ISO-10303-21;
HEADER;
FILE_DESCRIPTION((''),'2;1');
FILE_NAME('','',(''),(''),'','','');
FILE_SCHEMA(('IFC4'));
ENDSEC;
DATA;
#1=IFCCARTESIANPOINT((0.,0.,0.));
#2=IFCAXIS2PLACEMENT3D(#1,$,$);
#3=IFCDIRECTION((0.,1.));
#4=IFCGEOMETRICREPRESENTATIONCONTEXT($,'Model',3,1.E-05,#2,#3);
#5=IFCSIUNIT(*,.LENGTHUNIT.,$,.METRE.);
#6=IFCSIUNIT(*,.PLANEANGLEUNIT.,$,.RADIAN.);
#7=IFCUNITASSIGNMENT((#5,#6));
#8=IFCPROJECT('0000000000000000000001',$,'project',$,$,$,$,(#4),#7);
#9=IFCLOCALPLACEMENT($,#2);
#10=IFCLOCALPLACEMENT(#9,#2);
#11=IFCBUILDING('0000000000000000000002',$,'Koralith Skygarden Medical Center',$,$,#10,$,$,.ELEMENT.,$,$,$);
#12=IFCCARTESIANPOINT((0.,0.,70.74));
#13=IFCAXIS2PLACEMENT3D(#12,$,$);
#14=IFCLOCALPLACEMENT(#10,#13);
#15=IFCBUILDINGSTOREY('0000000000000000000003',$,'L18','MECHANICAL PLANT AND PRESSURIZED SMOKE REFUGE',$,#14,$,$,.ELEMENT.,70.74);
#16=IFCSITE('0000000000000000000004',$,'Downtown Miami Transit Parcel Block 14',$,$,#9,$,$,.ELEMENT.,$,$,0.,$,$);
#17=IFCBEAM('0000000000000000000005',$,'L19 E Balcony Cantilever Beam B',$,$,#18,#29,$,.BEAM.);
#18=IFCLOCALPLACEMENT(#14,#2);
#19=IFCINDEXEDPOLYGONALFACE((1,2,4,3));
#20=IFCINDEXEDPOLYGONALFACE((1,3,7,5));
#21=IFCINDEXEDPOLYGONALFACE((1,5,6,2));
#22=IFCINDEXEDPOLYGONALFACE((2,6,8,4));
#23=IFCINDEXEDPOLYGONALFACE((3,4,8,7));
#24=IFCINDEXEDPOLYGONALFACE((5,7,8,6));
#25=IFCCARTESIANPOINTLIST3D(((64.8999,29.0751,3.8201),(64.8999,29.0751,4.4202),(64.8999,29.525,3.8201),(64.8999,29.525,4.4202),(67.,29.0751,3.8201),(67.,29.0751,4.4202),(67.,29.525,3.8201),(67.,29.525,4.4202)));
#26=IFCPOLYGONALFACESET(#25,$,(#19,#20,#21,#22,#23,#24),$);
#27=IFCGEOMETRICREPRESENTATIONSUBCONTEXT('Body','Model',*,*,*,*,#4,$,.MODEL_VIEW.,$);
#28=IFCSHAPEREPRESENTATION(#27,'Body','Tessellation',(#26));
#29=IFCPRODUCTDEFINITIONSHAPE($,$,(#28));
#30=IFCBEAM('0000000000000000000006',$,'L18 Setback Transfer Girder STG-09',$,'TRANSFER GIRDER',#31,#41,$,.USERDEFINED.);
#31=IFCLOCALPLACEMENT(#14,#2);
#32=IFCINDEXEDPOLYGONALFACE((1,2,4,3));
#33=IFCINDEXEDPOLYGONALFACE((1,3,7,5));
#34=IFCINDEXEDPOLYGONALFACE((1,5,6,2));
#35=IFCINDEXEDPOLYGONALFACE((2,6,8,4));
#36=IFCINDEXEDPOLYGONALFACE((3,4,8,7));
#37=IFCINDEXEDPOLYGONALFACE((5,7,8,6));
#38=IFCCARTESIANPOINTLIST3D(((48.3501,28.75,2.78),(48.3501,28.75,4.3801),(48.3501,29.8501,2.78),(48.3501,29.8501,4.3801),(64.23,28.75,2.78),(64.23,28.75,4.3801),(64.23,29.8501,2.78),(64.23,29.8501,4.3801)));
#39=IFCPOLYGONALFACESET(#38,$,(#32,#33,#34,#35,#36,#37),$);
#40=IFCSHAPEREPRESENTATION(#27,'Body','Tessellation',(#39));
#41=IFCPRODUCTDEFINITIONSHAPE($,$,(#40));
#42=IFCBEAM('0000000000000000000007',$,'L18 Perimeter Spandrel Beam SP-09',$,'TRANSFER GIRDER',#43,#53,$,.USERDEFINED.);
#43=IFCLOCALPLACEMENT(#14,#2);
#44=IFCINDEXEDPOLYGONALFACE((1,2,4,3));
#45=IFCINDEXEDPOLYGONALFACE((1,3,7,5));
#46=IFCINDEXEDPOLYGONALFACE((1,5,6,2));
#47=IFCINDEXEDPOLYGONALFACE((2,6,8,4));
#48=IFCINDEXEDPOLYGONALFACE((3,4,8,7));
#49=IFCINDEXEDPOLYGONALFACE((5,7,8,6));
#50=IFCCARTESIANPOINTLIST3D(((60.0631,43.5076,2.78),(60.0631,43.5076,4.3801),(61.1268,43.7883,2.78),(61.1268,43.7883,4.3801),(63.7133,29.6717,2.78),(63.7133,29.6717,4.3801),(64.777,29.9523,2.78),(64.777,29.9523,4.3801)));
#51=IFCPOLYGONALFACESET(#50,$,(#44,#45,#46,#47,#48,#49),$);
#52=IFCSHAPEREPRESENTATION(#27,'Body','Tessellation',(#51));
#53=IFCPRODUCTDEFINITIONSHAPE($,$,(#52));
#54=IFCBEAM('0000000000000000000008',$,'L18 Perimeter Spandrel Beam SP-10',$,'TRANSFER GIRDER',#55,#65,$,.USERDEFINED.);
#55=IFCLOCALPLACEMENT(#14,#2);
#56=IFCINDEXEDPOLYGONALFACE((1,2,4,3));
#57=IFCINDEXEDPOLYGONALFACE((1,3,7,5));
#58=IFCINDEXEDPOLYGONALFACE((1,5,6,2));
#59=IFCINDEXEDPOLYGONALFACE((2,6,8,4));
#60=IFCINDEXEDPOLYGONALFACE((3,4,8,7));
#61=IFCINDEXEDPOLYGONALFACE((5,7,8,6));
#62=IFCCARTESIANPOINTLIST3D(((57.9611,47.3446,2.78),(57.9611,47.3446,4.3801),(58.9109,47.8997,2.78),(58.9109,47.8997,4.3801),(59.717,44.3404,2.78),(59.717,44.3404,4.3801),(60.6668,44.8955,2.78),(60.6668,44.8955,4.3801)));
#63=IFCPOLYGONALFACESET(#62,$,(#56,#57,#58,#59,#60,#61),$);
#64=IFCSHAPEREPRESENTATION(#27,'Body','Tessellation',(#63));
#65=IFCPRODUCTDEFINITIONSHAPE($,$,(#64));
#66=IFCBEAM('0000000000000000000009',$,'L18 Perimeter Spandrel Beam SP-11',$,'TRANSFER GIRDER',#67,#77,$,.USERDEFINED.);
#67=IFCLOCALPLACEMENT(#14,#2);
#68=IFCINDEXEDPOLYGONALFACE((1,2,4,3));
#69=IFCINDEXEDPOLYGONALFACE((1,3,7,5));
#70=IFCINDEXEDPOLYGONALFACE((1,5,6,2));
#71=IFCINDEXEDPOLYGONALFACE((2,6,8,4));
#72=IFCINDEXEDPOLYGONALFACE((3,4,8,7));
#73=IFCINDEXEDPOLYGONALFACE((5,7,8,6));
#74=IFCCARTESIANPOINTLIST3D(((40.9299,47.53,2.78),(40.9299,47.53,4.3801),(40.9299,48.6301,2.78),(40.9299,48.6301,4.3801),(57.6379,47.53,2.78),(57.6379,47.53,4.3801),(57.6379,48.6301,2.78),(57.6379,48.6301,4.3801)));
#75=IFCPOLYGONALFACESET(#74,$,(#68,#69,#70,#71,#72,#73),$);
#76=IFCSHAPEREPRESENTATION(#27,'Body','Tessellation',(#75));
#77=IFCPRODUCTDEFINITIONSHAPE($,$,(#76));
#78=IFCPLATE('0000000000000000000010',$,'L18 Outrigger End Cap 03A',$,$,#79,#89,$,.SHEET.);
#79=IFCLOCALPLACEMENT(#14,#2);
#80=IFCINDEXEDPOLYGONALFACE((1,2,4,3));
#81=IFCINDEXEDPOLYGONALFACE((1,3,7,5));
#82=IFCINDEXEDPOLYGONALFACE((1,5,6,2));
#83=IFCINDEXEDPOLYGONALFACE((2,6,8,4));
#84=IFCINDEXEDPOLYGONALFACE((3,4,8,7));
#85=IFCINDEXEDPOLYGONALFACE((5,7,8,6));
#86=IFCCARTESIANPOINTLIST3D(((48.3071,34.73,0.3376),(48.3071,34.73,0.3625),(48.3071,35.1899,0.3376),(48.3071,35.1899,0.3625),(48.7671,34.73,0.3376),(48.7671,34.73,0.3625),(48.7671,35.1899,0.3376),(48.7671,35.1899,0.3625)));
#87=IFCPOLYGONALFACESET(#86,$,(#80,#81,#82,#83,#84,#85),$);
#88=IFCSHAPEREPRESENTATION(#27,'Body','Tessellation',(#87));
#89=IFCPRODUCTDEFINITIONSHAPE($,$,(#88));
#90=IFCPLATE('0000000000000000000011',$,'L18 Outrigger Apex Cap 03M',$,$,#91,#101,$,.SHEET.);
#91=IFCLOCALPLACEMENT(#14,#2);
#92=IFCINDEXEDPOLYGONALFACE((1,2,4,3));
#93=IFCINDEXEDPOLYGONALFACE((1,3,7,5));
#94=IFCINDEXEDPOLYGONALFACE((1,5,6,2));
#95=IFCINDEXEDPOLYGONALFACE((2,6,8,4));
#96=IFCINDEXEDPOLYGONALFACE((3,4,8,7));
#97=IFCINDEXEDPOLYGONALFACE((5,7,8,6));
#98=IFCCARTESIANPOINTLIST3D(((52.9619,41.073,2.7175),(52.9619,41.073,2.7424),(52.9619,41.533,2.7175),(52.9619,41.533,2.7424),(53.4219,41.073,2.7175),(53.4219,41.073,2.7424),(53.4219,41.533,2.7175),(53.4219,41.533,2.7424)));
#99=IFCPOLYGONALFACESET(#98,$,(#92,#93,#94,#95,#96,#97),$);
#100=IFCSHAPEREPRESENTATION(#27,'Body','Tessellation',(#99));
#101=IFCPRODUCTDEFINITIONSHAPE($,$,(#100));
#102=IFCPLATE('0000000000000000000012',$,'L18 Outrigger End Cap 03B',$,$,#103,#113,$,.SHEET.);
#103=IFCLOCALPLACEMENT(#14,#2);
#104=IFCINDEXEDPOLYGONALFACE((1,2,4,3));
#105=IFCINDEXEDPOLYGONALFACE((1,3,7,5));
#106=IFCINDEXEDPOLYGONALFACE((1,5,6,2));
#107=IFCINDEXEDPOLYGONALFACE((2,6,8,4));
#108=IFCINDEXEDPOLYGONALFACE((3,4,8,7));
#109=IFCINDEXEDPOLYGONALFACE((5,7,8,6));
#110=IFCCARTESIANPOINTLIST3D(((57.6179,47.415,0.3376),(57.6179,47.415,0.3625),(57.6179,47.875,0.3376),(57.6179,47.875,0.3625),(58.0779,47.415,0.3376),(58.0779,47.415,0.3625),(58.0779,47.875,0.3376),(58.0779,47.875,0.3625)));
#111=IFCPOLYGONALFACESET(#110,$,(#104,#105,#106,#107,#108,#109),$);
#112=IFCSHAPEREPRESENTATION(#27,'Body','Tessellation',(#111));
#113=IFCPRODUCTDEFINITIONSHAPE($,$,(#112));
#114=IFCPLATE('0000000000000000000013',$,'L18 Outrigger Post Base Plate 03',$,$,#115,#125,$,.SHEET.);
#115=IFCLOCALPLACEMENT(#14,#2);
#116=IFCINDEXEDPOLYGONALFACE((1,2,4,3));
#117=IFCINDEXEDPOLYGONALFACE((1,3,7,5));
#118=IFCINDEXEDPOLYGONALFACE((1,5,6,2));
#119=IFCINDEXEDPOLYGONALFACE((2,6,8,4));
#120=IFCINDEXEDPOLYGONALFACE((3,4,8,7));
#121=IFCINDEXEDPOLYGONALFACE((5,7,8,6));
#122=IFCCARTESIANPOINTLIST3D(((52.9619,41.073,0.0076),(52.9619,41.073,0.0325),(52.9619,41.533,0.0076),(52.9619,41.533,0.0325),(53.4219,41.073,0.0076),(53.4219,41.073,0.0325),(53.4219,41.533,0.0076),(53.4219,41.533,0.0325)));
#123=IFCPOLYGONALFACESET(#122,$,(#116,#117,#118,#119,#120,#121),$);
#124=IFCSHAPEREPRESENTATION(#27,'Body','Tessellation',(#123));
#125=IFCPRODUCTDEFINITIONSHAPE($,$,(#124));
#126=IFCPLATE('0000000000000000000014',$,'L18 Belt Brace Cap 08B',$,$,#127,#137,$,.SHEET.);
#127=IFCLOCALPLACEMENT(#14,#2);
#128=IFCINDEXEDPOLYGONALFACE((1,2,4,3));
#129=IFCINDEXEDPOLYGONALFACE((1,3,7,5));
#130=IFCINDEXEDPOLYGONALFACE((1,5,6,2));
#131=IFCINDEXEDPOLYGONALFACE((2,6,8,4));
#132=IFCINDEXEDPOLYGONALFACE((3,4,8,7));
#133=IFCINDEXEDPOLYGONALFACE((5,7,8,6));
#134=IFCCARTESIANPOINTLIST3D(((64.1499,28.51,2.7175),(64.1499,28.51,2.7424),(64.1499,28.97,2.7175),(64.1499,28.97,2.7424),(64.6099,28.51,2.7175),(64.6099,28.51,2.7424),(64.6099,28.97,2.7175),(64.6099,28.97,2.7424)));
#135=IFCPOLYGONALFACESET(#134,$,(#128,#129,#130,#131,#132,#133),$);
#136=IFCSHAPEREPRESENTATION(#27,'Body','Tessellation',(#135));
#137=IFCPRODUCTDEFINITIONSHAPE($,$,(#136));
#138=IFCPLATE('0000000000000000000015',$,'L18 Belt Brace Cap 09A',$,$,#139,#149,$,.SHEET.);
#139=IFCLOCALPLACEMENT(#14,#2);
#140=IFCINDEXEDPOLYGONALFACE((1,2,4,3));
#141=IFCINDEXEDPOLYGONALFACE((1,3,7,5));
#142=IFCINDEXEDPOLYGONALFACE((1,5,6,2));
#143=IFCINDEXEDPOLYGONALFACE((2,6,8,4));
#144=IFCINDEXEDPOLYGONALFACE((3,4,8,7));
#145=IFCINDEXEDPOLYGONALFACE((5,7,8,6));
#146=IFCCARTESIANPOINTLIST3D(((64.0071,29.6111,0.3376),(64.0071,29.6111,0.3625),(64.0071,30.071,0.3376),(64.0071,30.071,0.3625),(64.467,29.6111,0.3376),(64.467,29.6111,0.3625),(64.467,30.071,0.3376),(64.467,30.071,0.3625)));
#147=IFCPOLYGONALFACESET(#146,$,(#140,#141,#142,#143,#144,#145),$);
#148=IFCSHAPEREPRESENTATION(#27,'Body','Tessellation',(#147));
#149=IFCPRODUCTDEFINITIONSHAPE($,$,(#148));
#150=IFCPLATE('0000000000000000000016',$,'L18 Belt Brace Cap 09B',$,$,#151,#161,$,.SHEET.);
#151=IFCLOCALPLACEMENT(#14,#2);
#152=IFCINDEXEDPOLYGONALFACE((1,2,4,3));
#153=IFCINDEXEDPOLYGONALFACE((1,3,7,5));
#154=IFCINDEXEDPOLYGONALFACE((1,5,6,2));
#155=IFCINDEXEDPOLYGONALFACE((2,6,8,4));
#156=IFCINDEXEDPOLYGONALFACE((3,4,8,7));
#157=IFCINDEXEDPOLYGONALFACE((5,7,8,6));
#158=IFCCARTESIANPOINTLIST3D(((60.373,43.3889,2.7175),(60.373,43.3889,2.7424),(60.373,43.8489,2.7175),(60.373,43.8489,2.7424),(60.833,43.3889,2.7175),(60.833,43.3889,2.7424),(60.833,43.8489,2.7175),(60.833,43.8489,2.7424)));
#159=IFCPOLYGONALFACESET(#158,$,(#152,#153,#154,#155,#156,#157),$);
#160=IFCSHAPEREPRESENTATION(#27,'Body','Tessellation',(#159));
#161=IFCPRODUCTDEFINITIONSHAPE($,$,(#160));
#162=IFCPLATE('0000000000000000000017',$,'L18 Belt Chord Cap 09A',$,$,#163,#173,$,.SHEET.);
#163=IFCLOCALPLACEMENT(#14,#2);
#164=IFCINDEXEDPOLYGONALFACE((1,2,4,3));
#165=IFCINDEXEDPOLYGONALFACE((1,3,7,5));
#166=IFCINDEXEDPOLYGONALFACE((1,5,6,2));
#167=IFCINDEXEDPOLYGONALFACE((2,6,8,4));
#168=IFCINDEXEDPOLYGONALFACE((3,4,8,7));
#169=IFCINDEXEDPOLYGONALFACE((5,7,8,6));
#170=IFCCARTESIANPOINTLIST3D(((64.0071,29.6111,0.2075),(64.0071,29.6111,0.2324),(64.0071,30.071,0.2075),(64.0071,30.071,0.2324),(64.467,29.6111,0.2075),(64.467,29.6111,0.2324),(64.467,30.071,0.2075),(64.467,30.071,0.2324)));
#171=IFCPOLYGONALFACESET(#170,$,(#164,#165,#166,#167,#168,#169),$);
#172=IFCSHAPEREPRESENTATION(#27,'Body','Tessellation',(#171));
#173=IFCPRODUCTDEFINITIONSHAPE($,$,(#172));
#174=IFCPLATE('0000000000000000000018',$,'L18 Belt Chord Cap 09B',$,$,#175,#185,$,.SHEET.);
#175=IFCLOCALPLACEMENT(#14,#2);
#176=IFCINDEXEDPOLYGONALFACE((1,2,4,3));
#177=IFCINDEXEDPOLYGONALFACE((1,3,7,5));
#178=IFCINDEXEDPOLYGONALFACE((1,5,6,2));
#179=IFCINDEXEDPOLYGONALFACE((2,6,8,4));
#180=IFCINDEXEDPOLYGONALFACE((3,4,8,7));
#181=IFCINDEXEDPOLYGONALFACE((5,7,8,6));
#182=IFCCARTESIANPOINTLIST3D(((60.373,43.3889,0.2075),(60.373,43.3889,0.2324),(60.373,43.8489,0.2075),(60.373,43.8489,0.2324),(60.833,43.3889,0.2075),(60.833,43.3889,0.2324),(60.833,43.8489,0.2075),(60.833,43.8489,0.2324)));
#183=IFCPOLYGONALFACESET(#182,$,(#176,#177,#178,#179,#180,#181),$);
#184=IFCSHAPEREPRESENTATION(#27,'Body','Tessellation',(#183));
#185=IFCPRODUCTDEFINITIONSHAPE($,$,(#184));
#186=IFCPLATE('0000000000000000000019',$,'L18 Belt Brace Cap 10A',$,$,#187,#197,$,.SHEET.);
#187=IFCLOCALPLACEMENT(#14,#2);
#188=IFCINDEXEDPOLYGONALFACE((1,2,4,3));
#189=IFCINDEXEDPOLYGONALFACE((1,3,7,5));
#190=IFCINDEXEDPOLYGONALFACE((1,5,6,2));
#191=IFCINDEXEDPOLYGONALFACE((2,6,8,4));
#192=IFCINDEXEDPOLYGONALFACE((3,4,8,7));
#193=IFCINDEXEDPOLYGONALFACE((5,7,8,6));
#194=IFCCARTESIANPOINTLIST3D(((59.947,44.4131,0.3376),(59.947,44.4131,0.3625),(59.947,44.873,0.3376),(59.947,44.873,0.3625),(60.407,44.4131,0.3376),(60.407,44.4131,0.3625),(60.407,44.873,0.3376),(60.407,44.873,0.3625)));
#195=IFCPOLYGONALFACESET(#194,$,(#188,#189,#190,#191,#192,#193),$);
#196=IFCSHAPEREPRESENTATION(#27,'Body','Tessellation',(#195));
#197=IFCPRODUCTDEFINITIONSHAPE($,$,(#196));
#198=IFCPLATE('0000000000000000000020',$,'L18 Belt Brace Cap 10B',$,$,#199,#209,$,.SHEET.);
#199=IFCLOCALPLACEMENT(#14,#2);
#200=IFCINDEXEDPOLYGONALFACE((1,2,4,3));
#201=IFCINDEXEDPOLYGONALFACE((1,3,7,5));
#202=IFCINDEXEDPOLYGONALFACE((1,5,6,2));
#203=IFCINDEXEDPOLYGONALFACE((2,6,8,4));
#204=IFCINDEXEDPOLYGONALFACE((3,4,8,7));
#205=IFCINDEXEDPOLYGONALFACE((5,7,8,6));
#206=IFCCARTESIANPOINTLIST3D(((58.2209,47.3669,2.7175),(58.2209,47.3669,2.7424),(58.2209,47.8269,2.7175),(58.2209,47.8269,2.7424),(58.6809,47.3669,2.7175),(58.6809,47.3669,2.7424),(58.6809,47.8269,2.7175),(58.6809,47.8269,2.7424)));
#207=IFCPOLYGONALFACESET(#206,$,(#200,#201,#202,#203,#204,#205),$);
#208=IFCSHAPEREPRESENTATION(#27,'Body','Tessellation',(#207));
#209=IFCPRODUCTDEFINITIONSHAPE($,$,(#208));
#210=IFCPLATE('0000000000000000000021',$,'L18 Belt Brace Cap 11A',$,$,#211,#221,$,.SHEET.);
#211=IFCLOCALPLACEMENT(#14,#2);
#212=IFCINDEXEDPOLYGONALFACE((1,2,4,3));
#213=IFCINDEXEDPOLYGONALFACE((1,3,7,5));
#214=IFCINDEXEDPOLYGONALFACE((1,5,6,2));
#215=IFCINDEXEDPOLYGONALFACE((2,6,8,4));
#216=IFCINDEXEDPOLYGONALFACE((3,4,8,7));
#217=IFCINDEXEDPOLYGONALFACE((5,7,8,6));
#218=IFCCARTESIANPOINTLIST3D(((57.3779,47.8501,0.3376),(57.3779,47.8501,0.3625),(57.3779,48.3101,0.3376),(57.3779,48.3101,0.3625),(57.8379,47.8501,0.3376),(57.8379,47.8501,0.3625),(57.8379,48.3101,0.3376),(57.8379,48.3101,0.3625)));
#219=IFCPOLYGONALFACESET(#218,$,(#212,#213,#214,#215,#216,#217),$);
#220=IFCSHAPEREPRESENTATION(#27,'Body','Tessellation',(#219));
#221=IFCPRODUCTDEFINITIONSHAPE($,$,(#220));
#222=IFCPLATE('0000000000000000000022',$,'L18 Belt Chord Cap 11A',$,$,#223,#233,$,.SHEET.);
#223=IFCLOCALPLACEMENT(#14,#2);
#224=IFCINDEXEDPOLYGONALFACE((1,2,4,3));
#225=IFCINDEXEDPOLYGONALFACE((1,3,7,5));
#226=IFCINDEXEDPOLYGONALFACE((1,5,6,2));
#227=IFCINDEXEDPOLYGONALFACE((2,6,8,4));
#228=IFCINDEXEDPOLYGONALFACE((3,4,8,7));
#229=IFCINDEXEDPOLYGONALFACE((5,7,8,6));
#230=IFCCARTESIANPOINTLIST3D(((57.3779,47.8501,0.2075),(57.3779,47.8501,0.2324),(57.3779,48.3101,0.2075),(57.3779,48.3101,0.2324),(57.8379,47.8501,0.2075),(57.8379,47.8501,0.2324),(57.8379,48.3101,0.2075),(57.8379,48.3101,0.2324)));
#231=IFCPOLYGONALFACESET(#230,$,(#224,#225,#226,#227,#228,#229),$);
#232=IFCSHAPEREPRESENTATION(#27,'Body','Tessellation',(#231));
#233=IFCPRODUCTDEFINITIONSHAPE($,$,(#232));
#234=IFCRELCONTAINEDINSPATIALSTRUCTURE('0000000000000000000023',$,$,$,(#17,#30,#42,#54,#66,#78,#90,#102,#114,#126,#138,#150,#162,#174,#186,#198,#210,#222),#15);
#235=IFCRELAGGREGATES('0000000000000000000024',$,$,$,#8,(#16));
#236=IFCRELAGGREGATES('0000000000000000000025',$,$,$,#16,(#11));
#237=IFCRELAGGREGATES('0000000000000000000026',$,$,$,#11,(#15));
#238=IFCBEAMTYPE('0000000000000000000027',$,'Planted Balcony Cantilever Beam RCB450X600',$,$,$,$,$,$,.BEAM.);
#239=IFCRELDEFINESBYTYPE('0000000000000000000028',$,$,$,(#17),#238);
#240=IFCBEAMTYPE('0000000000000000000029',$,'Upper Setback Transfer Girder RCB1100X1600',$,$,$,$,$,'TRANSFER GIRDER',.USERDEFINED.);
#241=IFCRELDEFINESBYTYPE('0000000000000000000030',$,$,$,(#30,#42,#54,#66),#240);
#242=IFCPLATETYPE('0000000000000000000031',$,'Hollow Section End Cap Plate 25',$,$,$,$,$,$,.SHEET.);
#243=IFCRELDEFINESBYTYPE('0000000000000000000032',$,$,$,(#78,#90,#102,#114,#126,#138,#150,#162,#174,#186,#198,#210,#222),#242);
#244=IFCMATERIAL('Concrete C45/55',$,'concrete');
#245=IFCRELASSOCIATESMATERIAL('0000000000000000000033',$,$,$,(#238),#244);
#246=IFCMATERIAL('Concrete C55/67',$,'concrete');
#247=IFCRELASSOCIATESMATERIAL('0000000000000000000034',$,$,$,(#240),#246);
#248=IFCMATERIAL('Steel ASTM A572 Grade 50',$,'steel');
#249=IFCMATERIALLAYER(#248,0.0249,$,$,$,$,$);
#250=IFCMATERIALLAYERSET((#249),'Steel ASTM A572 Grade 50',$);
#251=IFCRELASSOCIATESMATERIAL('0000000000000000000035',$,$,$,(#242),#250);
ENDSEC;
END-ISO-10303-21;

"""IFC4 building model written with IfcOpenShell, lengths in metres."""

from ifc_helpers import new_model, si_unit, direction, frame, origin, origin_2d, place, context, subcontext, project, spatial, rectangle, extrude, material, layer, layer_set, material_profile, profile_set, type_object, element, save


model = new_model("IFC4")

# Units and contexts
model_context = context("Model", 3, precision=1e-05, world=origin(), true_north=direction((0.0, 1.0)))
body_context = subcontext(model_context, "Body", "Model", "MODEL_VIEW")
ifc_project = project(units=[si_unit("LENGTHUNIT", "METRE"), si_unit("PLANEANGLEUNIT", "RADIAN")], contexts=[model_context])

# Site, building, storey
site_placement = place(None, origin())
site = spatial("IfcSite", under=ifc_project, at=site_placement, Name="Downtown Miami Transit Parcel Block 14", CompositionType="ELEMENT", RefElevation=0.0)
building_placement = place(site_placement, origin())
building = spatial("IfcBuilding", under=site, at=building_placement, Name="Koralith Skygarden Medical Center", CompositionType="ELEMENT")
storey_placement = place(building_placement, frame((0.0, 0.0, 70.74)))
storey = spatial("IfcBuildingStorey", under=building, at=storey_placement, Name="L18", Description="MECHANICAL PLANT AND PRESSURIZED SMOKE REFUGE", CompositionType="ELEMENT", Elevation=70.74)

# Beams
ifc_material_1 = material(Name="Concrete C45/55", Category="concrete")
ifc_material_profile_1 = material_profile(ifc_material_1, rectangle(XDim=0.45, YDim=0.6001, at=origin_2d()), Name="RCB450X600")
ifc_profile_set_1 = profile_set([ifc_material_profile_1], Name="Concrete C45/55")
beam_type_1 = type_object("IfcBeamType", Name="Planted Balcony Cantilever Beam RCB450X600", PredefinedType="BEAM", material=ifc_profile_set_1)
beam_1_placement = place(storey_placement, frame((64.8999, 29.3, 4.1201), z_axis=(1.0, 0.0, 0.0), x_axis=(0.0, 1.0, 0.0)))
element("IfcBeam", 1, at=beam_1_placement, inside=storey, type_object=beam_type_1, Name="L19 E Balcony Cantilever Beam B", PredefinedType="BEAM", context=body_context, shape_type="SweptSolid", body=[
    extrude(rectangle(XDim=0.45, YDim=0.6001, at=origin_2d()), origin(), (0.0, 0.0, 1.0), 2.1001),
])
ifc_material_2 = material(Name="Concrete C55/67", Category="concrete")
ifc_material_profile_2 = material_profile(ifc_material_2, rectangle(XDim=1.1001, YDim=1.6001, at=origin_2d()), Name="RCB1100X1600")
ifc_profile_set_2 = profile_set([ifc_material_profile_2], Name="Concrete C55/67")
beam_type_2 = type_object("IfcBeamType", Name="Upper Setback Transfer Girder RCB1100X1600", ElementType="TRANSFER GIRDER", PredefinedType="USERDEFINED", material=ifc_profile_set_2)
beam_2_placement = place(storey_placement, frame((48.3501, 29.3, 3.5801), z_axis=(1.0, 0.0, 0.0), x_axis=(0.0, 1.0, 0.0)))
element("IfcBeam", 2, at=beam_2_placement, inside=storey, type_object=beam_type_2, Name="L18 Setback Transfer Girder STG-09", ObjectType="TRANSFER GIRDER", PredefinedType="USERDEFINED", context=body_context, shape_type="SweptSolid", body=[
    extrude(rectangle(XDim=1.1001, YDim=1.6001, at=origin_2d()), origin(), (0.0, 0.0, 1.0), 15.8799),
])
beam_3_placement = place(storey_placement, frame((64.2451, 29.812, 3.5801), z_axis=(-0.255089, 0.966918, 0.0), x_axis=(-0.966918, -0.255089, 0.0)))
element("IfcBeam", 3, at=beam_3_placement, inside=storey, type_object=beam_type_2, Name="L18 Perimeter Spandrel Beam SP-09", ObjectType="TRANSFER GIRDER", PredefinedType="USERDEFINED", context=body_context, shape_type="SweptSolid", body=[
    extrude(rectangle(XDim=1.1001, YDim=1.6001, at=origin_2d()), origin(), (0.0, 0.0, 1.0), 14.3093),
])
beam_4_placement = place(storey_placement, frame((60.1919, 44.6179, 3.5801), z_axis=(-0.504608, 0.863349, 0.0), x_axis=(-0.863349, -0.504608, 0.0)))
element("IfcBeam", 4, at=beam_4_placement, inside=storey, type_object=beam_type_2, Name="L18 Perimeter Spandrel Beam SP-10", ObjectType="TRANSFER GIRDER", PredefinedType="USERDEFINED", context=body_context, shape_type="SweptSolid", body=[
    extrude(rectangle(XDim=1.1001, YDim=1.6001, at=origin_2d()), origin(), (0.0, 0.0, 1.0), 3.4797),
])
beam_5_placement = place(storey_placement, frame((57.6379, 48.0801, 3.5801), z_axis=(-1.0, 0.0, 0.0), x_axis=(0.0, -1.0, 0.0)))
element("IfcBeam", 5, at=beam_5_placement, inside=storey, type_object=beam_type_2, Name="L18 Perimeter Spandrel Beam SP-11", ObjectType="TRANSFER GIRDER", PredefinedType="USERDEFINED", context=body_context, shape_type="SweptSolid", body=[
    extrude(rectangle(XDim=1.1001, YDim=1.6001, at=origin_2d()), origin(), (0.0, 0.0, 1.0), 16.708),
])

# Plates
ifc_material_3 = material(Name="Steel ASTM A572 Grade 50", Category="steel")
ifc_layer_1 = layer(ifc_material_3, 0.0249)
ifc_layer_set_1 = layer_set([ifc_layer_1], Name="Steel ASTM A572 Grade 50")
plate_type_1 = type_object("IfcPlateType", Name="Hollow Section End Cap Plate 25", PredefinedType="SHEET", material=ifc_layer_set_1)
for number, where, z_axis, x_axis, name in (
    (6, (48.5371, 34.96, 0.3376), (0.0, 0.0, 1.0), (1.0, 0.0, 0.0), "L18 Outrigger End Cap 03A"),
    (7, (53.1919, 41.303, 2.7175), (0.0, 0.0, 1.0), (1.0, 0.0, 0.0), "L18 Outrigger Apex Cap 03M"),
    (8, (57.8479, 47.645, 0.3376), (0.0, 0.0, 1.0), (1.0, 0.0, 0.0), "L18 Outrigger End Cap 03B"),
    (9, (53.1919, 41.303, 0.0076), (0.0, 0.0, 1.0), (1.0, 0.0, 0.0), "L18 Outrigger Post Base Plate 03"),
    (10, (64.3799, 28.74, 2.7175), (0.0, 0.0, 1.0), (1.0, 0.0, 0.0), "L18 Belt Brace Cap 08B"),
    (11, (64.2371, 29.8411, 0.3376), (0.0, 0.0, 1.0), (1.0, 0.0, 0.0), "L18 Belt Brace Cap 09A"),
    (12, (60.603, 43.6189, 2.7175), (0.0, 0.0, 1.0), (1.0, 0.0, 0.0), "L18 Belt Brace Cap 09B"),
    (13, (64.2371, 29.8411, 0.2075), (0.0, 0.0, 1.0), (1.0, 0.0, 0.0), "L18 Belt Chord Cap 09A"),
    (14, (60.603, 43.6189, 0.2075), (0.0, 0.0, 1.0), (1.0, 0.0, 0.0), "L18 Belt Chord Cap 09B"),
    (15, (60.177, 44.6431, 0.3376), (0.0, 0.0, 1.0), (1.0, 0.0, 0.0), "L18 Belt Brace Cap 10A"),
    (16, (58.4509, 47.5969, 2.7175), (0.0, 0.0, 1.0), (1.0, 0.0, 0.0), "L18 Belt Brace Cap 10B"),
    (17, (57.6079, 48.0801, 0.3376), (0.0, 0.0, 1.0), (1.0, 0.0, 0.0), "L18 Belt Brace Cap 11A"),
    (18, (57.6079, 48.0801, 0.2075), (0.0, 0.0, 1.0), (1.0, 0.0, 0.0), "L18 Belt Chord Cap 11A"),
):
    element("IfcPlate", number, at=place(storey_placement, frame(where, z_axis=z_axis, x_axis=x_axis)), inside=storey, type_object=plate_type_1, Name=name, PredefinedType="SHEET", context=body_context, shape_type="SweptSolid", body=[
        extrude(rectangle(XDim=0.46, YDim=0.46, at=origin_2d()), origin(), (0.0, 0.0, 1.0), 0.0249),
    ])

save(model, "model.ifc")
